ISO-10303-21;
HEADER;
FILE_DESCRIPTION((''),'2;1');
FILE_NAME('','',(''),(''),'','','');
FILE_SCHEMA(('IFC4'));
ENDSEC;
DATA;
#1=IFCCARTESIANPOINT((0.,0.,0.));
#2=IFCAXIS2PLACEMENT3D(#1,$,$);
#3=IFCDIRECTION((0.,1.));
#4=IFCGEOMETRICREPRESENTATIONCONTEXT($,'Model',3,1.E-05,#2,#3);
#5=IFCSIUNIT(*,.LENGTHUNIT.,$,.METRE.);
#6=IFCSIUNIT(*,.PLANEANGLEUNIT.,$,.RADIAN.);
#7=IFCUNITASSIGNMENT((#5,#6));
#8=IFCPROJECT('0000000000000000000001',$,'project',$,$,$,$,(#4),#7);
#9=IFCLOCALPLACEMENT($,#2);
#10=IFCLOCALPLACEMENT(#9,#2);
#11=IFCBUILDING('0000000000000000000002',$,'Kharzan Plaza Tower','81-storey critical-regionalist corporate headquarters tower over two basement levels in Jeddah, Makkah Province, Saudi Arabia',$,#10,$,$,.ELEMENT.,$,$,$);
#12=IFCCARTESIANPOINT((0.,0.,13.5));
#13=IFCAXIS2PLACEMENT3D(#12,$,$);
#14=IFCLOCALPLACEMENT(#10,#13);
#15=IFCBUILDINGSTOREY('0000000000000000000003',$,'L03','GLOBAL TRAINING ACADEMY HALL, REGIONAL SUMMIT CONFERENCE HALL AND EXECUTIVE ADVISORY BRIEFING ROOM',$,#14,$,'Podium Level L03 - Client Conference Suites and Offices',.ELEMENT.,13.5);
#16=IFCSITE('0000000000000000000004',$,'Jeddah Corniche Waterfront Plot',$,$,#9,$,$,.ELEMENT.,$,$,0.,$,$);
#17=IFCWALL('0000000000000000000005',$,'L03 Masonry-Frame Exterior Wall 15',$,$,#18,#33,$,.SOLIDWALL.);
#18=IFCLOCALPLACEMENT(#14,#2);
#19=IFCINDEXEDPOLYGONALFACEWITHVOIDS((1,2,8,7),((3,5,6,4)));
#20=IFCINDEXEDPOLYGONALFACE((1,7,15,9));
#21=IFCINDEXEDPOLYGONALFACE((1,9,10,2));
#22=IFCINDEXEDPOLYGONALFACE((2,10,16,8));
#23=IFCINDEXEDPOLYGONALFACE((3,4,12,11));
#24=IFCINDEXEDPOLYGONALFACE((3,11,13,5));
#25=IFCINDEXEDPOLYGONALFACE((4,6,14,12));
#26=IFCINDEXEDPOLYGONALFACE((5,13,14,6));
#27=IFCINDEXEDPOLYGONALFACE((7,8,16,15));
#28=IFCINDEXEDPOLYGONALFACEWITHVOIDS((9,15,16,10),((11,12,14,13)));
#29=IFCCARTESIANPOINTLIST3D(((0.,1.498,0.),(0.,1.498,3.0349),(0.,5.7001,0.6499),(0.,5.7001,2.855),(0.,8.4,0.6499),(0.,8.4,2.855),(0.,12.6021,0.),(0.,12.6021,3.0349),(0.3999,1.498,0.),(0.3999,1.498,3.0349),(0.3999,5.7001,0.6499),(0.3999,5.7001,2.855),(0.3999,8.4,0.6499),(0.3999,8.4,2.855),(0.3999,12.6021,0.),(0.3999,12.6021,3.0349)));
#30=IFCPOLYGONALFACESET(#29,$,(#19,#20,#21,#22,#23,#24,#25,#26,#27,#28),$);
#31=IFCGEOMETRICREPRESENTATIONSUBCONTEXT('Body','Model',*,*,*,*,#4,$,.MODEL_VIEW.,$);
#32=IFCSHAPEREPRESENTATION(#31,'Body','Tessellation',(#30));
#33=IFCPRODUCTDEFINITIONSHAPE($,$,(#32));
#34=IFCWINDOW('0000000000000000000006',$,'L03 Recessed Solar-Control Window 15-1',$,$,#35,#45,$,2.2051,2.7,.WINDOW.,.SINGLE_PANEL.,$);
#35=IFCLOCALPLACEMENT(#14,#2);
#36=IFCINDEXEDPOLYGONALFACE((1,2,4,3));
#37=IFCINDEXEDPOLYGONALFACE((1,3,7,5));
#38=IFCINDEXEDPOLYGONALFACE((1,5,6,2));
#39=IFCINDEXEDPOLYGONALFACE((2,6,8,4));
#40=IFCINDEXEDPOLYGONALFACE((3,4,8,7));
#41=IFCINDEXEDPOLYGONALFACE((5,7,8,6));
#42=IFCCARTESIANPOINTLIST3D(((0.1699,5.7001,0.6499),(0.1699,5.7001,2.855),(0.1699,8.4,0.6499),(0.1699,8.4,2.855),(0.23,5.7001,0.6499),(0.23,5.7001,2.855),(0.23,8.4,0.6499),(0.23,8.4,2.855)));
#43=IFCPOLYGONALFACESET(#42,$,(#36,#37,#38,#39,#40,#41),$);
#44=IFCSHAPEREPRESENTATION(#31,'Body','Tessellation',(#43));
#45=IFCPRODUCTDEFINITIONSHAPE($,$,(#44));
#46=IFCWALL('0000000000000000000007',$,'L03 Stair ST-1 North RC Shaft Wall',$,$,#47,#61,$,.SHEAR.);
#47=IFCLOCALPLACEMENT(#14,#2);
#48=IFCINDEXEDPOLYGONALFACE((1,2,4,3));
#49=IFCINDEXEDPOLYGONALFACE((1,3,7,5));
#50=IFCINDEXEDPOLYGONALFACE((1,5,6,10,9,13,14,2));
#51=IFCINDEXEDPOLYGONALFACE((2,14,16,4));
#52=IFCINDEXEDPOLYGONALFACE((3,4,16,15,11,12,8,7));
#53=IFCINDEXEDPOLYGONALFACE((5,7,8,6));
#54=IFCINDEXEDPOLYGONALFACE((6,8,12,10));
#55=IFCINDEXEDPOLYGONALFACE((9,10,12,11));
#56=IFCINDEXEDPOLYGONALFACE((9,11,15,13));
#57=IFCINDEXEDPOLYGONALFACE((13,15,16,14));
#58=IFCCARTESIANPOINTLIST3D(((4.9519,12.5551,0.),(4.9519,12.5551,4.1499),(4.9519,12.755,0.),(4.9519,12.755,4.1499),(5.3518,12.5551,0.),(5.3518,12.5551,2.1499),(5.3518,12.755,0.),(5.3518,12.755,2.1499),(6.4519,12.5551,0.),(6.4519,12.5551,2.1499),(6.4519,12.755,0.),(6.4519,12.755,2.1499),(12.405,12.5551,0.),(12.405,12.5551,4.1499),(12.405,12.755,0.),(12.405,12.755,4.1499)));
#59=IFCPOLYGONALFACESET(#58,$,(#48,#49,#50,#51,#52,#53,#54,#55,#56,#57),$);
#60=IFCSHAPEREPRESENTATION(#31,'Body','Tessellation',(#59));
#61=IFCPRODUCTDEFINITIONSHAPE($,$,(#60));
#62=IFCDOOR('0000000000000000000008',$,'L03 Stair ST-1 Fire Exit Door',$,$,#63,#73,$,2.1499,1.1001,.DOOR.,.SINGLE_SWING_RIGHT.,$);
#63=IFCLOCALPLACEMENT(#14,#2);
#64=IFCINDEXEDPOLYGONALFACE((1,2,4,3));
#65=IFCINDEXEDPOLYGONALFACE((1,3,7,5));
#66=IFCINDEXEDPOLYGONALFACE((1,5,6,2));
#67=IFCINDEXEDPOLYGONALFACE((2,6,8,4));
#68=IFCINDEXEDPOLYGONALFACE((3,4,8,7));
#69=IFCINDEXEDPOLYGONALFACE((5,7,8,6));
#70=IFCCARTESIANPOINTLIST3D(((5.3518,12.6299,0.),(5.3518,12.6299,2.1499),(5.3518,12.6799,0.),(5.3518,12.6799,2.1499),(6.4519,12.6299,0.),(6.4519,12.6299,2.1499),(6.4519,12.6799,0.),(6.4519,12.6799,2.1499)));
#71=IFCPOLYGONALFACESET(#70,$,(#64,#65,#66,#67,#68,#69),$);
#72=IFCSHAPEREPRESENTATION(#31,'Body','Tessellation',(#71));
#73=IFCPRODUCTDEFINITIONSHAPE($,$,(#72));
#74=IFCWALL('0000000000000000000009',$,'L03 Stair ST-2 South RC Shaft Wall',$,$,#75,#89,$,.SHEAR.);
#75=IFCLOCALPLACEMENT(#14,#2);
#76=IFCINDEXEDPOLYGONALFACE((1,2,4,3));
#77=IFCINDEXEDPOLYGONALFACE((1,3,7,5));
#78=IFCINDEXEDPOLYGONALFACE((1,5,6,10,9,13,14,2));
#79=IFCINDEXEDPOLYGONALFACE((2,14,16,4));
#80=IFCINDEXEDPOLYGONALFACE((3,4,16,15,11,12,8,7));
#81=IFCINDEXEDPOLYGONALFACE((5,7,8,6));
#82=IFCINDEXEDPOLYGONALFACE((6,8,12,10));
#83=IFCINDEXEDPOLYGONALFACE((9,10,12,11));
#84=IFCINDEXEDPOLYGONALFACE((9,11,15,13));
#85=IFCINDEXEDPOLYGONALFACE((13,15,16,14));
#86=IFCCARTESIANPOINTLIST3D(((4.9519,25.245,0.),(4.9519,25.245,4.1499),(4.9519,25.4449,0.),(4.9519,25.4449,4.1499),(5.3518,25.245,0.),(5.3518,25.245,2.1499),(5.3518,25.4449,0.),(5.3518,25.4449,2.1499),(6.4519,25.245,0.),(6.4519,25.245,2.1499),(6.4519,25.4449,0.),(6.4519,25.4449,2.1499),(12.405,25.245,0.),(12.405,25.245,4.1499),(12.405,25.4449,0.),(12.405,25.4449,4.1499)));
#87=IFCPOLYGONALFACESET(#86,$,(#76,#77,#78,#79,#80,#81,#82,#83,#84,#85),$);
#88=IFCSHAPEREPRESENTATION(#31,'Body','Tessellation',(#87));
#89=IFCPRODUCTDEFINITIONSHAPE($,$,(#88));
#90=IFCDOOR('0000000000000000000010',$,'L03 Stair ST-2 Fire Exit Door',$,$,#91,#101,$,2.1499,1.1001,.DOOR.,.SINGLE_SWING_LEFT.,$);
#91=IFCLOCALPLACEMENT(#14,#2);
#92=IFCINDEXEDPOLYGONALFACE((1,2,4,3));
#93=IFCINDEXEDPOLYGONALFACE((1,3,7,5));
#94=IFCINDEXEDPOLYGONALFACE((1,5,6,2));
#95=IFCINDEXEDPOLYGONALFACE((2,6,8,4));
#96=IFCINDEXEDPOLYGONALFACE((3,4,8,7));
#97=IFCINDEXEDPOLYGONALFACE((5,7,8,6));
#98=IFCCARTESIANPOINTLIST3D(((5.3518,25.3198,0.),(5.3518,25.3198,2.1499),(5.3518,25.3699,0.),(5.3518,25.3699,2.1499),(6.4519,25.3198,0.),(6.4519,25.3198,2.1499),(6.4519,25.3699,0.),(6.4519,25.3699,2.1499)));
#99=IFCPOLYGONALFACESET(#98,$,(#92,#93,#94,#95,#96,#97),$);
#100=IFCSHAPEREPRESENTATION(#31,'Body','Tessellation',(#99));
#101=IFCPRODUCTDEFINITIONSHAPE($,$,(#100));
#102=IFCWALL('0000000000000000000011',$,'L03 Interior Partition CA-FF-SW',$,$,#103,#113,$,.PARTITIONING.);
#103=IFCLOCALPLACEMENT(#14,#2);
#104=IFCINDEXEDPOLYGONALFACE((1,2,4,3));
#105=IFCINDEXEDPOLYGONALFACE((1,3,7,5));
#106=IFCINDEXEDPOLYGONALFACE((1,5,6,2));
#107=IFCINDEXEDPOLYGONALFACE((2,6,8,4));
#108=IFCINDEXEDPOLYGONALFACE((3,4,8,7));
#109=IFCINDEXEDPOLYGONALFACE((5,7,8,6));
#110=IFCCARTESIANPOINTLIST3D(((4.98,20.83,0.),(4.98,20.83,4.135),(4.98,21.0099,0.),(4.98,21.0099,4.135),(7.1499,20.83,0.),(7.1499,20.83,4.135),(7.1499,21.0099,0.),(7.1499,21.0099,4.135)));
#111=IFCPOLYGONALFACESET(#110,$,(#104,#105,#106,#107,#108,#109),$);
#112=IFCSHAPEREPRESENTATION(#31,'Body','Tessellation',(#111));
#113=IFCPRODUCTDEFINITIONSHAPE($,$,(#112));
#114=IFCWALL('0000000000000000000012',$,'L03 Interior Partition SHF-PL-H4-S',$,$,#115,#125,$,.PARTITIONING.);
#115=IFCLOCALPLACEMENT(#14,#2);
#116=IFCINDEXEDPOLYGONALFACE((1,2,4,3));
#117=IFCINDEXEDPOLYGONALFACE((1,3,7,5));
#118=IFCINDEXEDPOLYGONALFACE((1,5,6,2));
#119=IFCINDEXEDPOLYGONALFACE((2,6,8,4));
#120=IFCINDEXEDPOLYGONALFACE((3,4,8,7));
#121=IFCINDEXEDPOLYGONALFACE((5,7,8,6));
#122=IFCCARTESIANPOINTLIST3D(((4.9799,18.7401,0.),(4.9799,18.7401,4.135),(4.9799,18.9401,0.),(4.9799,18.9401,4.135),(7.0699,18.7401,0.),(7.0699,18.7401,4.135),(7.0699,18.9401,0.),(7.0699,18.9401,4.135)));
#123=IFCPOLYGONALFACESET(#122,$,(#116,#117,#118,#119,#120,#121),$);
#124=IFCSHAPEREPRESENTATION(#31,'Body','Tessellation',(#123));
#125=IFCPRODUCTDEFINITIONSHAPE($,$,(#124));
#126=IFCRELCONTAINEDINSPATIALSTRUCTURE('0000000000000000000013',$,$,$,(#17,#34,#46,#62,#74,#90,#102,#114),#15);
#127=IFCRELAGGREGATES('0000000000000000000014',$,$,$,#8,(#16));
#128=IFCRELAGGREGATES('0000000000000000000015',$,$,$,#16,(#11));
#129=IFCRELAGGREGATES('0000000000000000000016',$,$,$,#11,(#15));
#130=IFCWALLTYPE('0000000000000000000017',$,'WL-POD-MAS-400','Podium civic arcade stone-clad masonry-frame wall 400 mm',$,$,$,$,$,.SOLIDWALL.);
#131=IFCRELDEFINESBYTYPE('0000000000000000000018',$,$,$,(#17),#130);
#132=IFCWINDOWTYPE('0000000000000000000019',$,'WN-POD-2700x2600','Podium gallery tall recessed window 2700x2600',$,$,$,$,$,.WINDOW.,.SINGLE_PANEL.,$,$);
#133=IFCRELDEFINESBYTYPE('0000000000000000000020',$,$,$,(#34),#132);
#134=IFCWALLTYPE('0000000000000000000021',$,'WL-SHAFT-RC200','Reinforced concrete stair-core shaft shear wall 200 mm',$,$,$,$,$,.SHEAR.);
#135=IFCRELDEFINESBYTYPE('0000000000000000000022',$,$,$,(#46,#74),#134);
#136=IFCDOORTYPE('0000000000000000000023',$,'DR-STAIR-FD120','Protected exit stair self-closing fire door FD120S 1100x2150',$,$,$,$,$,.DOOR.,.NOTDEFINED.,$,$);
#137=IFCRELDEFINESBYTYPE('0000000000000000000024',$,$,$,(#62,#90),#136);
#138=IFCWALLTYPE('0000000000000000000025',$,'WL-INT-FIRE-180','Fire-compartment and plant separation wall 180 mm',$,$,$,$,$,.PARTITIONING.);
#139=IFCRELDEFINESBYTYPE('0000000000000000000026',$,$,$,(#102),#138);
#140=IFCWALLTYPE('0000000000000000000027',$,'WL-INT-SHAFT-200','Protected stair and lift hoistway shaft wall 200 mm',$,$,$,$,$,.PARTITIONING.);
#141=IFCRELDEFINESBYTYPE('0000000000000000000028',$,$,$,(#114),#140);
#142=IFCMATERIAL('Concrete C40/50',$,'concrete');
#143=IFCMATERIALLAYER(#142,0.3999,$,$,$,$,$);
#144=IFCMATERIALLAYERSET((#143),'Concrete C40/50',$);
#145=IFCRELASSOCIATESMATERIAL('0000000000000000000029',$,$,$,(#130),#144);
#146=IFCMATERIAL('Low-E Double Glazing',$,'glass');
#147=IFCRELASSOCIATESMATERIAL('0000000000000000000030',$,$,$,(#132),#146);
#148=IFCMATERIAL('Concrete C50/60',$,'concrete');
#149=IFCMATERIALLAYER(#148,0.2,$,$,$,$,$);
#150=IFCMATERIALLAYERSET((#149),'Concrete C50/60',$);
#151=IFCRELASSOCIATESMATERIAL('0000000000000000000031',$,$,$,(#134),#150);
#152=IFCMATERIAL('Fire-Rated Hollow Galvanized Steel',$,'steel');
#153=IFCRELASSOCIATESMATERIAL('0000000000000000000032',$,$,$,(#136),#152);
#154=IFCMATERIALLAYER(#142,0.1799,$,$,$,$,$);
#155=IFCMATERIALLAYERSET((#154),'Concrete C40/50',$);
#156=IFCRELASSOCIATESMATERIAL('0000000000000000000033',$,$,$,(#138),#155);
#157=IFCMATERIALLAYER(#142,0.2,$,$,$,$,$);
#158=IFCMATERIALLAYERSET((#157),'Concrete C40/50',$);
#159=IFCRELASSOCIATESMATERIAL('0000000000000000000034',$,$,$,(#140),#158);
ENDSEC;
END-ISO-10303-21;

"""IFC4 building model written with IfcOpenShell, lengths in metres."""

from ifc_helpers import new_model, si_unit, direction, frame, frame_2d, origin, place, context, subcontext, project, spatial, rectangle, extrude, source, transform, mapped, material, layer, layer_set, type_object, element, fill, save


model = new_model("IFC4")

# Units and contexts
model_context = context("Model", 3, precision=1e-05, world=origin(), true_north=direction((0.0, 1.0)))
body_context = subcontext(model_context, "Body", "Model", "MODEL_VIEW")
ifc_project = project(units=[si_unit("LENGTHUNIT", "METRE"), si_unit("PLANEANGLEUNIT", "RADIAN")], contexts=[model_context])

# Site, building, storey
site_placement = place(None, origin())
site = spatial("IfcSite", under=ifc_project, at=site_placement, Name="Jeddah Corniche Waterfront Plot", CompositionType="ELEMENT", RefElevation=0.0)
building_placement = place(site_placement, origin())
building = spatial("IfcBuilding", under=site, at=building_placement, Name="Kharzan Plaza Tower", Description="81-storey critical-regionalist corporate headquarters tower over two basement levels in Jeddah, Makkah Province, Saudi Arabia", CompositionType="ELEMENT")
storey_placement = place(building_placement, frame((0.0, 0.0, 13.5)))
storey = spatial("IfcBuildingStorey", under=building, at=storey_placement, Name="L03", Description="GLOBAL TRAINING ACADEMY HALL, REGIONAL SUMMIT CONFERENCE HALL AND EXECUTIVE ADVISORY BRIEFING ROOM", LongName="Podium Level L03 - Client Conference Suites and Offices", CompositionType="ELEMENT", Elevation=13.5)

# Wall, opening, window
ifc_material_1 = material(Name="Concrete C40/50", Category="concrete")
ifc_layer_1 = layer(ifc_material_1, 0.3999)
ifc_layer_set_1 = layer_set([ifc_layer_1], Name="Concrete C40/50")
wall_type_1 = type_object("IfcWallType", Name="WL-POD-MAS-400", Description="Podium civic arcade stone-clad masonry-frame wall 400 mm", PredefinedType="SOLIDWALL", material=ifc_layer_set_1)
ifc_material_2 = material(Name="Low-E Double Glazing", Category="glass")
window_type = type_object("IfcWindowType", Name="WN-POD-2700x2600", Description="Podium gallery tall recessed window 2700x2600", PartitioningType="SINGLE_PANEL", PredefinedType="WINDOW", material=ifc_material_2)
shared_shape_1 = source(origin(), body_context, "Body", "SweptSolid", [
    extrude(rectangle(XDim=2.7, YDim=2.2051, at=frame_2d((1.3501, 1.1025))), frame((0.0, 0.03, 0.0), z_axis=(0.0, -1.0, 0.0), x_axis=(1.0, 0.0, 0.0)), (0.0, 0.0, 1.0), 0.0601),
])
wall_1_placement = place(storey_placement, frame((0.2, 12.6021, 0.0), z_axis=(0.0, 0.0, 1.0), x_axis=(0.0, -1.0, 0.0)))
wall_1 = element("IfcWall", 1, at=wall_1_placement, inside=storey, type_object=wall_type_1, Name="L03 Masonry-Frame Exterior Wall 15", PredefinedType="SOLIDWALL", context=body_context, shape_type="SweptSolid", body=[
    extrude(rectangle(XDim=11.104, YDim=0.3999, at=frame_2d((5.552, 0.0))), origin(), (0.0, 0.0, 1.0), 3.0349),
])
opening_1_placement = place(wall_1_placement, frame((4.2019, 0.0, 0.6499)))
opening_1 = element("IfcOpeningElement", 2, at=opening_1_placement, cuts=wall_1, PredefinedType="OPENING", context=body_context, shape_type="SweptSolid", body=[
    extrude(rectangle(XDim=2.7, YDim=2.2051, at=frame_2d((1.3501, 1.1025))), frame((0.0, 0.21, 0.0), z_axis=(0.0, -1.0, 0.0), x_axis=(1.0, 0.0, 0.0)), (0.0, 0.0, 1.0), 0.4199),
])
window_1_placement = place(opening_1_placement, origin())
window_1 = element("IfcWindow", 3, at=window_1_placement, inside=storey, type_object=window_type, Name="L03 Recessed Solar-Control Window 15-1", OverallHeight=2.2051, OverallWidth=2.7, PartitioningType="SINGLE_PANEL", PredefinedType="WINDOW", context=body_context, shape_type="MappedRepresentation", body=[
    mapped(shared_shape_1, transform((0.0, 0.0, 0.0), x_axis=(1.0, 0.0, 0.0), y_axis=(0.0, 1.0, 0.0), z_axis=(0.0, 0.0, 1.0))),
])
fill(opening_1, window_1)

# Walls, openings, doors
ifc_material_3 = material(Name="Concrete C50/60", Category="concrete")
ifc_layer_2 = layer(ifc_material_3, 0.2)
ifc_layer_set_2 = layer_set([ifc_layer_2], Name="Concrete C50/60")
wall_type_2 = type_object("IfcWallType", Name="WL-SHAFT-RC200", Description="Reinforced concrete stair-core shaft shear wall 200 mm", PredefinedType="SHEAR", material=ifc_layer_set_2)
wall_2_placement = place(storey_placement, frame((4.9519, 12.655, 0.0), z_axis=(0.0, 0.0, 1.0), x_axis=(1.0, 0.0, 0.0)))
wall_2 = element("IfcWall", 4, at=wall_2_placement, inside=storey, type_object=wall_type_2, Name="L03 Stair ST-1 North RC Shaft Wall", PredefinedType="SHEAR", context=body_context, shape_type="SweptSolid", body=[
    extrude(rectangle(XDim=7.4531, YDim=0.2, at=frame_2d((3.7266, 0.0))), origin(), (0.0, 0.0, 1.0), 4.1499),
])
opening_2_placement = place(wall_2_placement, frame((0.3999, 0.0, 0.0)))
opening_2 = element("IfcOpeningElement", 5, at=opening_2_placement, cuts=wall_2, PredefinedType="OPENING", context=body_context, shape_type="SweptSolid", body=[
    extrude(rectangle(XDim=1.1001, YDim=2.1499, at=frame_2d((0.55, 1.075))), frame((0.0, 0.1099, 0.0), z_axis=(0.0, -1.0, 0.0), x_axis=(1.0, 0.0, 0.0)), (0.0, 0.0, 1.0), 0.22),
])
ifc_material_4 = material(Name="Fire-Rated Hollow Galvanized Steel", Category="steel")
door_type = type_object("IfcDoorType", Name="DR-STAIR-FD120", Description="Protected exit stair self-closing fire door FD120S 1100x2150", OperationType="NOTDEFINED", PredefinedType="DOOR", material=ifc_material_4)
shared_shape_2 = source(origin(), body_context, "Body", "SweptSolid", [
    extrude(rectangle(XDim=1.1001, YDim=2.1499, at=frame_2d((0.55, 1.075))), frame((0.0, 0.0249, 0.0), z_axis=(0.0, -1.0, 0.0), x_axis=(1.0, 0.0, 0.0)), (0.0, 0.0, 1.0), 0.05),
])
door_1_placement = place(opening_2_placement, origin())
door_1 = element("IfcDoor", 6, at=door_1_placement, inside=storey, type_object=door_type, Name="L03 Stair ST-1 Fire Exit Door", OperationType="SINGLE_SWING_RIGHT", OverallHeight=2.1499, OverallWidth=1.1001, PredefinedType="DOOR", context=body_context, shape_type="MappedRepresentation", body=[
    mapped(shared_shape_2, transform((0.0, 0.0, 0.0), x_axis=(1.0, 0.0, 0.0), y_axis=(0.0, 1.0, 0.0), z_axis=(0.0, 0.0, 1.0))),
])
fill(opening_2, door_1)
wall_3_placement = place(storey_placement, frame((4.9519, 25.345, 0.0), z_axis=(0.0, 0.0, 1.0), x_axis=(1.0, 0.0, 0.0)))
wall_3 = element("IfcWall", 7, at=wall_3_placement, inside=storey, type_object=wall_type_2, Name="L03 Stair ST-2 South RC Shaft Wall", PredefinedType="SHEAR", context=body_context, shape_type="SweptSolid", body=[
    extrude(rectangle(XDim=7.4531, YDim=0.2, at=frame_2d((3.7266, 0.0))), origin(), (0.0, 0.0, 1.0), 4.1499),
])
opening_3_placement = place(wall_3_placement, frame((0.3999, 0.0, 0.0)))
opening_3 = element("IfcOpeningElement", 8, at=opening_3_placement, cuts=wall_3, PredefinedType="OPENING", context=body_context, shape_type="SweptSolid", body=[
    extrude(rectangle(XDim=1.1001, YDim=2.1499, at=frame_2d((0.55, 1.075))), frame((0.0, 0.1099, 0.0), z_axis=(0.0, -1.0, 0.0), x_axis=(1.0, 0.0, 0.0)), (0.0, 0.0, 1.0), 0.22),
])
door_2_placement = place(opening_3_placement, origin())
door_2 = element("IfcDoor", 9, at=door_2_placement, inside=storey, type_object=door_type, Name="L03 Stair ST-2 Fire Exit Door", OperationType="SINGLE_SWING_LEFT", OverallHeight=2.1499, OverallWidth=1.1001, PredefinedType="DOOR", context=body_context, shape_type="MappedRepresentation", body=[
    mapped(shared_shape_2, transform((0.0, 0.0, 0.0), x_axis=(1.0, 0.0, 0.0), y_axis=(0.0, 1.0, 0.0), z_axis=(0.0, 0.0, 1.0))),
])
fill(opening_3, door_2)

# Walls
ifc_layer_3 = layer(ifc_material_1, 0.1799)
ifc_layer_set_3 = layer_set([ifc_layer_3], Name="Concrete C40/50")
wall_type_3 = type_object("IfcWallType", Name="WL-INT-FIRE-180", Description="Fire-compartment and plant separation wall 180 mm", PredefinedType="PARTITIONING", material=ifc_layer_set_3)
shared_shape_3 = source(origin(), body_context, "Body", "SweptSolid", [
    extrude(rectangle(XDim=2.1699, YDim=0.1799, at=frame_2d((1.085, 0.0))), origin(), (0.0, 0.0, 1.0), 4.135),
])
wall_4_placement = place(storey_placement, frame((4.98, 20.9199, 0.0), z_axis=(0.0, 0.0, 1.0), x_axis=(1.0, 0.0, 0.0)))
element("IfcWall", 10, at=wall_4_placement, inside=storey, type_object=wall_type_3, Name="L03 Interior Partition CA-FF-SW", PredefinedType="PARTITIONING", context=body_context, shape_type="MappedRepresentation", body=[
    mapped(shared_shape_3, transform((0.0, 0.0, 0.0), x_axis=(1.0, 0.0, 0.0), y_axis=(0.0, 1.0, 0.0), z_axis=(0.0, 0.0, 1.0))),
])
ifc_layer_4 = layer(ifc_material_1, 0.2)
ifc_layer_set_4 = layer_set([ifc_layer_4], Name="Concrete C40/50")
wall_type_4 = type_object("IfcWallType", Name="WL-INT-SHAFT-200", Description="Protected stair and lift hoistway shaft wall 200 mm", PredefinedType="PARTITIONING", material=ifc_layer_set_4)
shared_shape_4 = source(origin(), body_context, "Body", "SweptSolid", [
    extrude(rectangle(XDim=2.0901, YDim=0.2, at=frame_2d((1.0449, 0.0))), origin(), (0.0, 0.0, 1.0), 4.135),
])
wall_5_placement = place(storey_placement, frame((4.98, 18.8401, 0.0), z_axis=(0.0, 0.0, 1.0), x_axis=(1.0, 0.0, 0.0)))
element("IfcWall", 11, at=wall_5_placement, inside=storey, type_object=wall_type_4, Name="L03 Interior Partition SHF-PL-H4-S", PredefinedType="PARTITIONING", context=body_context, shape_type="MappedRepresentation", body=[
    mapped(shared_shape_4, transform((0.0, 0.0, 0.0), x_axis=(1.0, 0.0, 0.0), y_axis=(0.0, 1.0, 0.0), z_axis=(0.0, 0.0, 1.0))),
])

save(model, "model.ifc")
